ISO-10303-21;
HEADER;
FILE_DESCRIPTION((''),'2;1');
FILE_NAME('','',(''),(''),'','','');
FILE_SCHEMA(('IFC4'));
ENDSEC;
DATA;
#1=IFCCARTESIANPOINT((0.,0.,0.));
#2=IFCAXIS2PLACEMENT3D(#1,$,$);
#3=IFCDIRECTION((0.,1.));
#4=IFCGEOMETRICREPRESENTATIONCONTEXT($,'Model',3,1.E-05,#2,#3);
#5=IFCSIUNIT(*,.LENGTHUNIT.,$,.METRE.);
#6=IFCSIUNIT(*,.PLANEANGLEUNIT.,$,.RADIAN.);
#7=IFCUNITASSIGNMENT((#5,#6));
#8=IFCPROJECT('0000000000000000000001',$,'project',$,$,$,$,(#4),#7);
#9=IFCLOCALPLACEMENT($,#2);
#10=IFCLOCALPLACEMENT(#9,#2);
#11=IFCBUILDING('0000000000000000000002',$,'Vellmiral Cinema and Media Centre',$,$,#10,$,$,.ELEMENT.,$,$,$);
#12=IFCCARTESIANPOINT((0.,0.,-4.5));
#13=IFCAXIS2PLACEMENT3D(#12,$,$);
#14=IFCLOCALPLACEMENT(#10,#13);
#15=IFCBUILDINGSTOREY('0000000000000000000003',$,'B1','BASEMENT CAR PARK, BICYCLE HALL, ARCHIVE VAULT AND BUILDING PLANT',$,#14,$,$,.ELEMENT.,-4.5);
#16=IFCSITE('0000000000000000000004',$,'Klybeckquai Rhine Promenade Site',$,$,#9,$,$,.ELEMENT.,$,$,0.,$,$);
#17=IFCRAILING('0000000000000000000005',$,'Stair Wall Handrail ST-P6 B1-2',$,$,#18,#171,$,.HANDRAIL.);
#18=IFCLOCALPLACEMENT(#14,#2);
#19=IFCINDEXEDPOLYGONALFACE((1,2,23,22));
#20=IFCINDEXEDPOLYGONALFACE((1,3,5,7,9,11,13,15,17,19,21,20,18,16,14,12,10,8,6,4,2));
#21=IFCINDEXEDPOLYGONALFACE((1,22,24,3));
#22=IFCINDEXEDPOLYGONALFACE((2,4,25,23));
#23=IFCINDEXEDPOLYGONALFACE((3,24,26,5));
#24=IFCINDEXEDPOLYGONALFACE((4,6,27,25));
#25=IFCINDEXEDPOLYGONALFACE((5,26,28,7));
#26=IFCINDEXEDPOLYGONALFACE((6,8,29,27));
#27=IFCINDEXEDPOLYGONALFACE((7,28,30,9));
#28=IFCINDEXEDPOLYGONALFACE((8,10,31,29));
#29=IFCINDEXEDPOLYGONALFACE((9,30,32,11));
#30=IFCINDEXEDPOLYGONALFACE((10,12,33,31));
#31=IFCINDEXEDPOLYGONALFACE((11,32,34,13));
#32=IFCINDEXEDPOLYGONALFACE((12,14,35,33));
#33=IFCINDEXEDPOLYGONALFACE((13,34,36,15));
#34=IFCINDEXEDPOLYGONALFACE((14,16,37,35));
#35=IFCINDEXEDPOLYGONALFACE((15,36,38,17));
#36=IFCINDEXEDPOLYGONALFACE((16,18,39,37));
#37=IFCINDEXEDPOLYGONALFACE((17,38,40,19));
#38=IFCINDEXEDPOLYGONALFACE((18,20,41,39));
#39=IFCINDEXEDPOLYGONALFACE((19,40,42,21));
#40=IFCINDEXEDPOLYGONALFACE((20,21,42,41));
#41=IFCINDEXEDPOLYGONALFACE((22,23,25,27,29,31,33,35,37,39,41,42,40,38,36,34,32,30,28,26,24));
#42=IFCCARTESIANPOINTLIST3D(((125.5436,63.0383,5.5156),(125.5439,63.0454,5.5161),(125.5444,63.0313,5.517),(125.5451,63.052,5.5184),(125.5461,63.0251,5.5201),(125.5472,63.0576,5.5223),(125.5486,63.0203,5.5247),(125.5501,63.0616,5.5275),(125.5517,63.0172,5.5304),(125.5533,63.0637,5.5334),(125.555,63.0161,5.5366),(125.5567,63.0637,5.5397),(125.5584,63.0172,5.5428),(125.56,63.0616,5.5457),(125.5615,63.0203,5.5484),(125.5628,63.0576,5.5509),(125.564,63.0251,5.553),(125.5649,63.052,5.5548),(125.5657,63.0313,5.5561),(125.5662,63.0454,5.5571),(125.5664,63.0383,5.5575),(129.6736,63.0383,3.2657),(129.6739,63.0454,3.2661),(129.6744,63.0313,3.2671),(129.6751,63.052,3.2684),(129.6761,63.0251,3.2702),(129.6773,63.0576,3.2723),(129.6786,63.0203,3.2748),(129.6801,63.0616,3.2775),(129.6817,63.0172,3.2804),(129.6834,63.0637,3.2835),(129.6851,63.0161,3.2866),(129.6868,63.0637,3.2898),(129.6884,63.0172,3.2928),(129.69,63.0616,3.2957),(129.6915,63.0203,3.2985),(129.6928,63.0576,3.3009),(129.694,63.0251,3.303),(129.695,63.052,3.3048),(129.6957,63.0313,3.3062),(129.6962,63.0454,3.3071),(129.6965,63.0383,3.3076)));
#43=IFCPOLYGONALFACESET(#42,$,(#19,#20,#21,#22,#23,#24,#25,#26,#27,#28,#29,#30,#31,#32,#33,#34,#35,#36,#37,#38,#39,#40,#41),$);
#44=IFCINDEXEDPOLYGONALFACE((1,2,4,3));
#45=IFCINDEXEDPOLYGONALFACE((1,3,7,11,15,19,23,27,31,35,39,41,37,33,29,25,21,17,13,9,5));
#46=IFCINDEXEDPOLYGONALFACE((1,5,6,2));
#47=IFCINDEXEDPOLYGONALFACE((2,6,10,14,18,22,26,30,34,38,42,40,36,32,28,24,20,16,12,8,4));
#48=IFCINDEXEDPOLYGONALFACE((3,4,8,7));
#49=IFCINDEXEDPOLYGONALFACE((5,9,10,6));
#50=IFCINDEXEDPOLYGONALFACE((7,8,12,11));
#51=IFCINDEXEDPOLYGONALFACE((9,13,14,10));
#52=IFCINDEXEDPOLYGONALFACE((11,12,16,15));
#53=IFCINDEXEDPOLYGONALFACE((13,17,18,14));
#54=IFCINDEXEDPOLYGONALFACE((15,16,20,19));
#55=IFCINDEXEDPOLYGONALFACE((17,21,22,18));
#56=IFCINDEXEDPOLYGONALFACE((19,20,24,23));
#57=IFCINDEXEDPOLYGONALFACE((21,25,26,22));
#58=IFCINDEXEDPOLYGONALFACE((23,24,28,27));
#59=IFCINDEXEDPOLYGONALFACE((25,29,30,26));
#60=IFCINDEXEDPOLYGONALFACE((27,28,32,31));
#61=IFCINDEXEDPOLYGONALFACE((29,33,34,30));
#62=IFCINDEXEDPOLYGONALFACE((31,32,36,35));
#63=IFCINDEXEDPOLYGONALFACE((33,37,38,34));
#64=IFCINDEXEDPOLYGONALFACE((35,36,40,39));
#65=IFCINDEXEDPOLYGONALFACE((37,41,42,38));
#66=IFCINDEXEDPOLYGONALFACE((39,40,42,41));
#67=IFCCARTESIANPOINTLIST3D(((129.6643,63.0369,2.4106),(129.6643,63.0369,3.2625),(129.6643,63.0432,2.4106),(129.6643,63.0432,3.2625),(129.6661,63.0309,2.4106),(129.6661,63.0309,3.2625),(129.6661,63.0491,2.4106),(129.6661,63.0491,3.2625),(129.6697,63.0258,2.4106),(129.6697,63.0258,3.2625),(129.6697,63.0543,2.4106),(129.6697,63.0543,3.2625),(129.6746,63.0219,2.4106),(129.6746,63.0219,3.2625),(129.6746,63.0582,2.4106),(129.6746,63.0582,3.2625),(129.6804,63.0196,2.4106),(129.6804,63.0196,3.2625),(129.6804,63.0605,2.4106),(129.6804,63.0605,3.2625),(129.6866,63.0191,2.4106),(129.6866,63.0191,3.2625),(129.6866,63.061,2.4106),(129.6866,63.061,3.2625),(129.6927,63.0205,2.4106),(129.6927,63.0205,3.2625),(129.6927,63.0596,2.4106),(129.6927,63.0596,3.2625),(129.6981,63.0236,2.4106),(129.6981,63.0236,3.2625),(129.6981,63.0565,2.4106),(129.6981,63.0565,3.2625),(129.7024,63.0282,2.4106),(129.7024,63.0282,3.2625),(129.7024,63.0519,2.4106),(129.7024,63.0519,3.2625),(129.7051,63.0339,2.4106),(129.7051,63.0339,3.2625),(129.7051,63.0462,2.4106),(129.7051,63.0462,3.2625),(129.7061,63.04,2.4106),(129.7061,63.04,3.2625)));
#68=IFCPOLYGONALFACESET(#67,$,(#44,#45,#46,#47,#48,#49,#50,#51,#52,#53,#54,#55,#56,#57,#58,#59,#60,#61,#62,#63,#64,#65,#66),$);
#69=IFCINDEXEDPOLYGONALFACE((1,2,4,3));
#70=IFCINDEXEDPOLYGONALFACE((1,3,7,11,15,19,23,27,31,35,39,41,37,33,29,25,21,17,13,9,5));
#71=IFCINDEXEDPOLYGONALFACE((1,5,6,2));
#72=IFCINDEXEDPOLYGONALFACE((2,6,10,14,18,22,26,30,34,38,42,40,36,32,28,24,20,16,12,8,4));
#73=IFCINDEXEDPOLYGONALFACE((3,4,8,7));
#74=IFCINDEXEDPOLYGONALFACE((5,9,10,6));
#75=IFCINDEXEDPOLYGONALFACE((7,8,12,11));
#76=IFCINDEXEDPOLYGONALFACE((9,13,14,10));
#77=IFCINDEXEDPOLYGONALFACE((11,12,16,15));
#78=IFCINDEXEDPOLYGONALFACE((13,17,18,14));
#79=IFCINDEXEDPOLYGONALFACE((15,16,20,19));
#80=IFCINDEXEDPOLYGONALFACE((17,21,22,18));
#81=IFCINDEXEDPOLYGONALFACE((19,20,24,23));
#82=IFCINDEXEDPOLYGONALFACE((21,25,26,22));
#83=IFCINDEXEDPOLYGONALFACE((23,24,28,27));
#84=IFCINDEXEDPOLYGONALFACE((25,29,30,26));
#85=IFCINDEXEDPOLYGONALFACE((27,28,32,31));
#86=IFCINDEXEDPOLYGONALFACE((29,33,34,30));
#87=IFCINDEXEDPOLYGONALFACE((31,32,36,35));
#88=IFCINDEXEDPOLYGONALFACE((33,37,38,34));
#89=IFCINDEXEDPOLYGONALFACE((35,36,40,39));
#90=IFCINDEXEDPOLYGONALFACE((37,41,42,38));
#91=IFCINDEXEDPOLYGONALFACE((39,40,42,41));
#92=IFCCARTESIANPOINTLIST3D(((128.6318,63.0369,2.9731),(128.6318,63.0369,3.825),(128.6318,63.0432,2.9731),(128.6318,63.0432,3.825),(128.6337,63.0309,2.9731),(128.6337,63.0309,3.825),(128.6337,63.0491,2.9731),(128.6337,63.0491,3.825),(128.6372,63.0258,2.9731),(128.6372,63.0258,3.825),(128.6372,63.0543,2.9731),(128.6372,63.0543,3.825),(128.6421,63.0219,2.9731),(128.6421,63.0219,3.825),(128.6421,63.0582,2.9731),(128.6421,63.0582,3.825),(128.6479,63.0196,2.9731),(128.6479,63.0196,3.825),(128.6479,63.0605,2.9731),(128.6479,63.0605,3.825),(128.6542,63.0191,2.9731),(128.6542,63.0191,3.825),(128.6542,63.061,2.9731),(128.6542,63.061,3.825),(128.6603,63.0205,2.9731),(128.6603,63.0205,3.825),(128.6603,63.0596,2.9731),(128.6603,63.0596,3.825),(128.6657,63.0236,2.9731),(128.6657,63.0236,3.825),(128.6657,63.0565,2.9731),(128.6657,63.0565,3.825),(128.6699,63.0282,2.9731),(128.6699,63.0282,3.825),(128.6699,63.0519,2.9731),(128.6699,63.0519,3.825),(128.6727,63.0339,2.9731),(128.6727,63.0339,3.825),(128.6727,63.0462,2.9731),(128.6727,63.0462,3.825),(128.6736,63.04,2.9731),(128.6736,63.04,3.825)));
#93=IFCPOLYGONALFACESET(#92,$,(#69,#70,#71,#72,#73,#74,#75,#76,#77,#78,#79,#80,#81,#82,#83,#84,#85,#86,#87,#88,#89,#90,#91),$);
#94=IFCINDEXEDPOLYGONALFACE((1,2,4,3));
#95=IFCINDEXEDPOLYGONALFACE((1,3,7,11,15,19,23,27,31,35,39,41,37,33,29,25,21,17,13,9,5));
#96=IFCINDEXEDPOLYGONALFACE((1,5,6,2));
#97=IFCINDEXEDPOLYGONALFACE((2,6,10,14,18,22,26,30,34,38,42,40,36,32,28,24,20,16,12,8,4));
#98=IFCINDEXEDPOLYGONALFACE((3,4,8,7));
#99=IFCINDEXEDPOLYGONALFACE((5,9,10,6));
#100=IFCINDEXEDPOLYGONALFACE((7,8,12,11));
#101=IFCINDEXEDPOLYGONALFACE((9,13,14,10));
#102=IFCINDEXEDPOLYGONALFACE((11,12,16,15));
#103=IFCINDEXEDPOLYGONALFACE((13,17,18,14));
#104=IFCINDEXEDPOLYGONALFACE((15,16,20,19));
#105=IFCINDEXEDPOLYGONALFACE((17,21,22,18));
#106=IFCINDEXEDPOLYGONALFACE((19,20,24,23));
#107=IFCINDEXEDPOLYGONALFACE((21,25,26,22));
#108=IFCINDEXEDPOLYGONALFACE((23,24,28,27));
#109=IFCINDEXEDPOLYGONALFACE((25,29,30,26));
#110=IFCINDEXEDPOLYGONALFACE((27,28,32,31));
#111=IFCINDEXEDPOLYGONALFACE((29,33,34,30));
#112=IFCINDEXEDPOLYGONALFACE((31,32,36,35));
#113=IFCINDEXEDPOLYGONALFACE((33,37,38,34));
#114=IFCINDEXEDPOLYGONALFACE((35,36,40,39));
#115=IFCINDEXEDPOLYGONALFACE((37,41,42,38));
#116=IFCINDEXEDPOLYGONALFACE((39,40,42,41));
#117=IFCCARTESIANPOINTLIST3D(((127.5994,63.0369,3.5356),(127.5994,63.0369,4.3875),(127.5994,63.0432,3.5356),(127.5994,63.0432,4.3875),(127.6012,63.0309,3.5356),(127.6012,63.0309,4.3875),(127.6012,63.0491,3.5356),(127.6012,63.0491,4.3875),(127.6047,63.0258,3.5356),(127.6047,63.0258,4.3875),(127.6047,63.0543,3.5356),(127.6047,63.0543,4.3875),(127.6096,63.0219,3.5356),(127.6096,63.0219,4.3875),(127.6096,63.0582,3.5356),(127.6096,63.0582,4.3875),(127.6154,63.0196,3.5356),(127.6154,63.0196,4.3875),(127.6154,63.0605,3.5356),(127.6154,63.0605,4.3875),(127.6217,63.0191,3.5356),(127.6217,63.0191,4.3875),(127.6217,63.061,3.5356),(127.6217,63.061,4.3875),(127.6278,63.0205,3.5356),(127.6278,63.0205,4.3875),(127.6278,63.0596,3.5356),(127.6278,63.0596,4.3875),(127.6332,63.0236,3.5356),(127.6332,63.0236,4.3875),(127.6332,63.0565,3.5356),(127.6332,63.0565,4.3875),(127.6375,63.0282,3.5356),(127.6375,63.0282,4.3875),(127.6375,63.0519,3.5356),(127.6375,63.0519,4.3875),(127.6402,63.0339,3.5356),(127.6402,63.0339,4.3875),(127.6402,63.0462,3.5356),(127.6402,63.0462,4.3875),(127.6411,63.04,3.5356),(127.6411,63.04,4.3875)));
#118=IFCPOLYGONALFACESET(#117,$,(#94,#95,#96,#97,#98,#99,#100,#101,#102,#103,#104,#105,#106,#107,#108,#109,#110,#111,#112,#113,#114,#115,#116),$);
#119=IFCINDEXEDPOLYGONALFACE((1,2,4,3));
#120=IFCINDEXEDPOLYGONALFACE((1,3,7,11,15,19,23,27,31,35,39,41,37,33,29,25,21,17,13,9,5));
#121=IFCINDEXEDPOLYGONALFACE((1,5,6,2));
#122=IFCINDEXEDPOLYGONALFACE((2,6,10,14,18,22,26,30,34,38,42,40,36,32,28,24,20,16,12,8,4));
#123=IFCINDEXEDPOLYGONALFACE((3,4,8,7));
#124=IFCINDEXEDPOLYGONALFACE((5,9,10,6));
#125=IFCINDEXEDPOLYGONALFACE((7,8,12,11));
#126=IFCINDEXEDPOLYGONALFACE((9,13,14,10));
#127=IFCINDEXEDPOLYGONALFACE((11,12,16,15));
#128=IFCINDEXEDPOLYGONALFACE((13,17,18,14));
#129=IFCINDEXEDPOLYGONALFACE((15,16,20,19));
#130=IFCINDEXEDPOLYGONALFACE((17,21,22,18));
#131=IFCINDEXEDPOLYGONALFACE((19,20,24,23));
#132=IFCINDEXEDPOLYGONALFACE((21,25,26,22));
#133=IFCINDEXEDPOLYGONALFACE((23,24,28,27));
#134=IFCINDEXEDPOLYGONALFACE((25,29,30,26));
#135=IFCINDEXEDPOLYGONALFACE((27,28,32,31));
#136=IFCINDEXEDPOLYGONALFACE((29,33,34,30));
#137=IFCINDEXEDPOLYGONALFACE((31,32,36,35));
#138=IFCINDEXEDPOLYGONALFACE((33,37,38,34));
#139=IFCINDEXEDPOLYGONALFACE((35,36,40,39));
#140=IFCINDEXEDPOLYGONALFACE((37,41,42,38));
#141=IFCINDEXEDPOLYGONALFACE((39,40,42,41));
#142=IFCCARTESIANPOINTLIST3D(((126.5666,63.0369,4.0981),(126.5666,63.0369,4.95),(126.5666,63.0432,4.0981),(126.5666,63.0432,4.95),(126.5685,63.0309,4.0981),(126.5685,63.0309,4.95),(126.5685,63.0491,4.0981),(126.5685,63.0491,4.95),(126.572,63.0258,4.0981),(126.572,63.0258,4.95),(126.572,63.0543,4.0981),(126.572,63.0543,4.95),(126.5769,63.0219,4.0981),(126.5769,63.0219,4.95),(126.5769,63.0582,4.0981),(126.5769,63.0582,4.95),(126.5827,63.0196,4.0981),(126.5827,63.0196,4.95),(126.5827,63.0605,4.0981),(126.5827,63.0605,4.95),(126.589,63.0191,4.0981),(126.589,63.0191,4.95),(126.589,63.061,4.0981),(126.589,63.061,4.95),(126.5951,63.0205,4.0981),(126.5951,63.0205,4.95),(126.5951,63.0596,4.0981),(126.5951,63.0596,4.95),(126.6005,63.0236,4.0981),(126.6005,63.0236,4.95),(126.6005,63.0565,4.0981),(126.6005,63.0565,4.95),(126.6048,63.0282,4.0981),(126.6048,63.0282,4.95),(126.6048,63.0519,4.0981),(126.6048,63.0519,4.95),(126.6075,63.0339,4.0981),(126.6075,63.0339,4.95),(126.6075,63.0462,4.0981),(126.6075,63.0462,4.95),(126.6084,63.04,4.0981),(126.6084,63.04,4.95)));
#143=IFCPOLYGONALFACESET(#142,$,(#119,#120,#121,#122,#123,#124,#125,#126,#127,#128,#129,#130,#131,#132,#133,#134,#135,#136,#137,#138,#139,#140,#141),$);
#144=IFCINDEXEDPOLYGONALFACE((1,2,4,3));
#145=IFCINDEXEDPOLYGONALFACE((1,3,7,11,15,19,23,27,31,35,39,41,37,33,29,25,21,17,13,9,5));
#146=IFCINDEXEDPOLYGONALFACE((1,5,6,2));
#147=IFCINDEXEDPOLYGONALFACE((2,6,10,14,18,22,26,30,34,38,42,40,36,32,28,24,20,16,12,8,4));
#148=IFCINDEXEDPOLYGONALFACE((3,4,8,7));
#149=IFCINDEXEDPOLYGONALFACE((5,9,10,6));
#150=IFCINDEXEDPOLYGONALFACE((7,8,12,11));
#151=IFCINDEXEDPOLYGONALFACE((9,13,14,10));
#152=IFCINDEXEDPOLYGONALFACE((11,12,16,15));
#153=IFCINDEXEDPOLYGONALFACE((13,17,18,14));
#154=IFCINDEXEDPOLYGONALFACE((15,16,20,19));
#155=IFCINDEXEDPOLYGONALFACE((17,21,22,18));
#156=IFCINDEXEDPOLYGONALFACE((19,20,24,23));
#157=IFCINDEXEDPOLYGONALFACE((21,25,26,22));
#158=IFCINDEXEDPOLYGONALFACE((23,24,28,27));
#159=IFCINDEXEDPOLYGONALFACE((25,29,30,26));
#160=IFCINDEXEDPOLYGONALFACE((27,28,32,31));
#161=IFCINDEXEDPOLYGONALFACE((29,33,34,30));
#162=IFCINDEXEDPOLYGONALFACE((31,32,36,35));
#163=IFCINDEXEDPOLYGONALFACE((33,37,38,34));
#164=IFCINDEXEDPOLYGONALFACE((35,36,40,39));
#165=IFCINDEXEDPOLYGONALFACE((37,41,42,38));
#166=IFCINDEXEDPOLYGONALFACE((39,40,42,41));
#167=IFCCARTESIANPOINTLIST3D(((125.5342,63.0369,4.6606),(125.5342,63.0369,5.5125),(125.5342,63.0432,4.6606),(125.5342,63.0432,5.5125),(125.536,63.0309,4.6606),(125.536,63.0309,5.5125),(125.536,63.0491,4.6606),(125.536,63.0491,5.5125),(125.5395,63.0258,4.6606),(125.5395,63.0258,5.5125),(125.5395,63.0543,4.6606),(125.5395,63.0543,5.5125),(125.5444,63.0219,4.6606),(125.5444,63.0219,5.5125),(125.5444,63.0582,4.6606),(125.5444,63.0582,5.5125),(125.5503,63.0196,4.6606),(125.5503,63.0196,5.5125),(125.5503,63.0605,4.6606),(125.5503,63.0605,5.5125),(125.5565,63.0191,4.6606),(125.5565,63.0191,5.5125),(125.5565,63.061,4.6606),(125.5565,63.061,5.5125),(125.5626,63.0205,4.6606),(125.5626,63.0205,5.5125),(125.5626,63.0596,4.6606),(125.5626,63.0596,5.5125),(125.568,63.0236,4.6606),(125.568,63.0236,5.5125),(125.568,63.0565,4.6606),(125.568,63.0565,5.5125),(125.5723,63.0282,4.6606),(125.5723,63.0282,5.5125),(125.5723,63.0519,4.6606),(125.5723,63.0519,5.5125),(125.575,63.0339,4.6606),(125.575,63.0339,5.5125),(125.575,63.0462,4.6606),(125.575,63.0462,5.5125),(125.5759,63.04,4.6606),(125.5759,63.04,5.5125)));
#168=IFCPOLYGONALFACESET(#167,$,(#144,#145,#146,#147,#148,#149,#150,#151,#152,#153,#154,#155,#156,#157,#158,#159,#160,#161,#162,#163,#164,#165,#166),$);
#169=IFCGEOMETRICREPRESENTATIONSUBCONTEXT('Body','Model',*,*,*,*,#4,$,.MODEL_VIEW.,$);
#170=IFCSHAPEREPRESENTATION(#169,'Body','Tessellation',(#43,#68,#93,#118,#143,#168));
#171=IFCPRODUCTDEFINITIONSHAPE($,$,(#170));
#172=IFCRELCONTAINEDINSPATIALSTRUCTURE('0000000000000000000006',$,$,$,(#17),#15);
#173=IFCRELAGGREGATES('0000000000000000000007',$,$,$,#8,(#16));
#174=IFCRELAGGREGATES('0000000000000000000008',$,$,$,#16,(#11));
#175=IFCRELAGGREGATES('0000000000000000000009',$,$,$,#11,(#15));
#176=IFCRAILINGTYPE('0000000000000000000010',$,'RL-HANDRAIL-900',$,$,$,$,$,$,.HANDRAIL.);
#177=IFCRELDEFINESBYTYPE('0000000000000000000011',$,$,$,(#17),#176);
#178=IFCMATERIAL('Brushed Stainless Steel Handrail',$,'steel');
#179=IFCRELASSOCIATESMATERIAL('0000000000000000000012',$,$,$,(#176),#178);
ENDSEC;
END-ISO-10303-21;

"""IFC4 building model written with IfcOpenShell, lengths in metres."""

from ifc_helpers import new_model, si_unit, direction, frame, origin, origin_2d, place, context, subcontext, project, spatial, circle, extrude, material, type_object, element, save


model = new_model("IFC4")

# Units and contexts
model_context = context("Model", 3, precision=1e-05, world=origin(), true_north=direction((0.0, 1.0)))
body_context = subcontext(model_context, "Body", "Model", "MODEL_VIEW")
ifc_project = project(units=[si_unit("LENGTHUNIT", "METRE"), si_unit("PLANEANGLEUNIT", "RADIAN")], contexts=[model_context])

# Site, building, storey
site_placement = place(None, origin())
site = spatial("IfcSite", under=ifc_project, at=site_placement, Name="Klybeckquai Rhine Promenade Site", CompositionType="ELEMENT", RefElevation=0.0)
building_placement = place(site_placement, origin())
building = spatial("IfcBuilding", under=site, at=building_placement, Name="Vellmiral Cinema and Media Centre", CompositionType="ELEMENT")
storey_placement = place(building_placement, frame((0.0, 0.0, -4.5)))
storey = spatial("IfcBuildingStorey", under=building, at=storey_placement, Name="B1", Description="BASEMENT CAR PARK, BICYCLE HALL, ARCHIVE VAULT AND BUILDING PLANT", CompositionType="ELEMENT", Elevation=-4.5)

# Railing
ifc_material_1 = material(Name="Brushed Stainless Steel Handrail", Category="steel")
railing_type_1 = type_object("IfcRailingType", Name="RL-HANDRAIL-900", PredefinedType="HANDRAIL", material=ifc_material_1)
railing_1_placement = place(storey_placement, frame((129.6851, 63.04, 2.4106)))
element("IfcRailing", 1, at=railing_1_placement, inside=storey, type_object=railing_type_1, Name="Stair Wall Handrail ST-P6 B1-2", PredefinedType="HANDRAIL", context=body_context, shape_type="SweptSolid", body=[
    extrude(circle(Radius=0.0239, at=origin_2d()), frame((0.0, 0.0, 0.876), z_axis=(-0.878145, 0.0, 0.478394), x_axis=(0.0, -1.0, 0.0)), (0.0, 0.0, 1.0), 4.7031),
    extrude(circle(Radius=0.021, at=origin_2d()), origin(), (0.0, 0.0, 1.0), 0.8518),
    extrude(circle(Radius=0.021, at=origin_2d()), frame((-1.0325, 0.0, 0.5625)), (0.0, 0.0, 1.0), 0.8518),
    extrude(circle(Radius=0.021, at=origin_2d()), frame((-2.0649, 0.0, 1.125)), (0.0, 0.0, 1.0), 0.8518),
    extrude(circle(Radius=0.021, at=origin_2d()), frame((-3.0977, 0.0, 1.6875)), (0.0, 0.0, 1.0), 0.8518),
    extrude(circle(Radius=0.021, at=origin_2d()), frame((-4.1301, 0.0, 2.25)), (0.0, 0.0, 1.0), 0.8518),
])

save(model, "model.ifc")
